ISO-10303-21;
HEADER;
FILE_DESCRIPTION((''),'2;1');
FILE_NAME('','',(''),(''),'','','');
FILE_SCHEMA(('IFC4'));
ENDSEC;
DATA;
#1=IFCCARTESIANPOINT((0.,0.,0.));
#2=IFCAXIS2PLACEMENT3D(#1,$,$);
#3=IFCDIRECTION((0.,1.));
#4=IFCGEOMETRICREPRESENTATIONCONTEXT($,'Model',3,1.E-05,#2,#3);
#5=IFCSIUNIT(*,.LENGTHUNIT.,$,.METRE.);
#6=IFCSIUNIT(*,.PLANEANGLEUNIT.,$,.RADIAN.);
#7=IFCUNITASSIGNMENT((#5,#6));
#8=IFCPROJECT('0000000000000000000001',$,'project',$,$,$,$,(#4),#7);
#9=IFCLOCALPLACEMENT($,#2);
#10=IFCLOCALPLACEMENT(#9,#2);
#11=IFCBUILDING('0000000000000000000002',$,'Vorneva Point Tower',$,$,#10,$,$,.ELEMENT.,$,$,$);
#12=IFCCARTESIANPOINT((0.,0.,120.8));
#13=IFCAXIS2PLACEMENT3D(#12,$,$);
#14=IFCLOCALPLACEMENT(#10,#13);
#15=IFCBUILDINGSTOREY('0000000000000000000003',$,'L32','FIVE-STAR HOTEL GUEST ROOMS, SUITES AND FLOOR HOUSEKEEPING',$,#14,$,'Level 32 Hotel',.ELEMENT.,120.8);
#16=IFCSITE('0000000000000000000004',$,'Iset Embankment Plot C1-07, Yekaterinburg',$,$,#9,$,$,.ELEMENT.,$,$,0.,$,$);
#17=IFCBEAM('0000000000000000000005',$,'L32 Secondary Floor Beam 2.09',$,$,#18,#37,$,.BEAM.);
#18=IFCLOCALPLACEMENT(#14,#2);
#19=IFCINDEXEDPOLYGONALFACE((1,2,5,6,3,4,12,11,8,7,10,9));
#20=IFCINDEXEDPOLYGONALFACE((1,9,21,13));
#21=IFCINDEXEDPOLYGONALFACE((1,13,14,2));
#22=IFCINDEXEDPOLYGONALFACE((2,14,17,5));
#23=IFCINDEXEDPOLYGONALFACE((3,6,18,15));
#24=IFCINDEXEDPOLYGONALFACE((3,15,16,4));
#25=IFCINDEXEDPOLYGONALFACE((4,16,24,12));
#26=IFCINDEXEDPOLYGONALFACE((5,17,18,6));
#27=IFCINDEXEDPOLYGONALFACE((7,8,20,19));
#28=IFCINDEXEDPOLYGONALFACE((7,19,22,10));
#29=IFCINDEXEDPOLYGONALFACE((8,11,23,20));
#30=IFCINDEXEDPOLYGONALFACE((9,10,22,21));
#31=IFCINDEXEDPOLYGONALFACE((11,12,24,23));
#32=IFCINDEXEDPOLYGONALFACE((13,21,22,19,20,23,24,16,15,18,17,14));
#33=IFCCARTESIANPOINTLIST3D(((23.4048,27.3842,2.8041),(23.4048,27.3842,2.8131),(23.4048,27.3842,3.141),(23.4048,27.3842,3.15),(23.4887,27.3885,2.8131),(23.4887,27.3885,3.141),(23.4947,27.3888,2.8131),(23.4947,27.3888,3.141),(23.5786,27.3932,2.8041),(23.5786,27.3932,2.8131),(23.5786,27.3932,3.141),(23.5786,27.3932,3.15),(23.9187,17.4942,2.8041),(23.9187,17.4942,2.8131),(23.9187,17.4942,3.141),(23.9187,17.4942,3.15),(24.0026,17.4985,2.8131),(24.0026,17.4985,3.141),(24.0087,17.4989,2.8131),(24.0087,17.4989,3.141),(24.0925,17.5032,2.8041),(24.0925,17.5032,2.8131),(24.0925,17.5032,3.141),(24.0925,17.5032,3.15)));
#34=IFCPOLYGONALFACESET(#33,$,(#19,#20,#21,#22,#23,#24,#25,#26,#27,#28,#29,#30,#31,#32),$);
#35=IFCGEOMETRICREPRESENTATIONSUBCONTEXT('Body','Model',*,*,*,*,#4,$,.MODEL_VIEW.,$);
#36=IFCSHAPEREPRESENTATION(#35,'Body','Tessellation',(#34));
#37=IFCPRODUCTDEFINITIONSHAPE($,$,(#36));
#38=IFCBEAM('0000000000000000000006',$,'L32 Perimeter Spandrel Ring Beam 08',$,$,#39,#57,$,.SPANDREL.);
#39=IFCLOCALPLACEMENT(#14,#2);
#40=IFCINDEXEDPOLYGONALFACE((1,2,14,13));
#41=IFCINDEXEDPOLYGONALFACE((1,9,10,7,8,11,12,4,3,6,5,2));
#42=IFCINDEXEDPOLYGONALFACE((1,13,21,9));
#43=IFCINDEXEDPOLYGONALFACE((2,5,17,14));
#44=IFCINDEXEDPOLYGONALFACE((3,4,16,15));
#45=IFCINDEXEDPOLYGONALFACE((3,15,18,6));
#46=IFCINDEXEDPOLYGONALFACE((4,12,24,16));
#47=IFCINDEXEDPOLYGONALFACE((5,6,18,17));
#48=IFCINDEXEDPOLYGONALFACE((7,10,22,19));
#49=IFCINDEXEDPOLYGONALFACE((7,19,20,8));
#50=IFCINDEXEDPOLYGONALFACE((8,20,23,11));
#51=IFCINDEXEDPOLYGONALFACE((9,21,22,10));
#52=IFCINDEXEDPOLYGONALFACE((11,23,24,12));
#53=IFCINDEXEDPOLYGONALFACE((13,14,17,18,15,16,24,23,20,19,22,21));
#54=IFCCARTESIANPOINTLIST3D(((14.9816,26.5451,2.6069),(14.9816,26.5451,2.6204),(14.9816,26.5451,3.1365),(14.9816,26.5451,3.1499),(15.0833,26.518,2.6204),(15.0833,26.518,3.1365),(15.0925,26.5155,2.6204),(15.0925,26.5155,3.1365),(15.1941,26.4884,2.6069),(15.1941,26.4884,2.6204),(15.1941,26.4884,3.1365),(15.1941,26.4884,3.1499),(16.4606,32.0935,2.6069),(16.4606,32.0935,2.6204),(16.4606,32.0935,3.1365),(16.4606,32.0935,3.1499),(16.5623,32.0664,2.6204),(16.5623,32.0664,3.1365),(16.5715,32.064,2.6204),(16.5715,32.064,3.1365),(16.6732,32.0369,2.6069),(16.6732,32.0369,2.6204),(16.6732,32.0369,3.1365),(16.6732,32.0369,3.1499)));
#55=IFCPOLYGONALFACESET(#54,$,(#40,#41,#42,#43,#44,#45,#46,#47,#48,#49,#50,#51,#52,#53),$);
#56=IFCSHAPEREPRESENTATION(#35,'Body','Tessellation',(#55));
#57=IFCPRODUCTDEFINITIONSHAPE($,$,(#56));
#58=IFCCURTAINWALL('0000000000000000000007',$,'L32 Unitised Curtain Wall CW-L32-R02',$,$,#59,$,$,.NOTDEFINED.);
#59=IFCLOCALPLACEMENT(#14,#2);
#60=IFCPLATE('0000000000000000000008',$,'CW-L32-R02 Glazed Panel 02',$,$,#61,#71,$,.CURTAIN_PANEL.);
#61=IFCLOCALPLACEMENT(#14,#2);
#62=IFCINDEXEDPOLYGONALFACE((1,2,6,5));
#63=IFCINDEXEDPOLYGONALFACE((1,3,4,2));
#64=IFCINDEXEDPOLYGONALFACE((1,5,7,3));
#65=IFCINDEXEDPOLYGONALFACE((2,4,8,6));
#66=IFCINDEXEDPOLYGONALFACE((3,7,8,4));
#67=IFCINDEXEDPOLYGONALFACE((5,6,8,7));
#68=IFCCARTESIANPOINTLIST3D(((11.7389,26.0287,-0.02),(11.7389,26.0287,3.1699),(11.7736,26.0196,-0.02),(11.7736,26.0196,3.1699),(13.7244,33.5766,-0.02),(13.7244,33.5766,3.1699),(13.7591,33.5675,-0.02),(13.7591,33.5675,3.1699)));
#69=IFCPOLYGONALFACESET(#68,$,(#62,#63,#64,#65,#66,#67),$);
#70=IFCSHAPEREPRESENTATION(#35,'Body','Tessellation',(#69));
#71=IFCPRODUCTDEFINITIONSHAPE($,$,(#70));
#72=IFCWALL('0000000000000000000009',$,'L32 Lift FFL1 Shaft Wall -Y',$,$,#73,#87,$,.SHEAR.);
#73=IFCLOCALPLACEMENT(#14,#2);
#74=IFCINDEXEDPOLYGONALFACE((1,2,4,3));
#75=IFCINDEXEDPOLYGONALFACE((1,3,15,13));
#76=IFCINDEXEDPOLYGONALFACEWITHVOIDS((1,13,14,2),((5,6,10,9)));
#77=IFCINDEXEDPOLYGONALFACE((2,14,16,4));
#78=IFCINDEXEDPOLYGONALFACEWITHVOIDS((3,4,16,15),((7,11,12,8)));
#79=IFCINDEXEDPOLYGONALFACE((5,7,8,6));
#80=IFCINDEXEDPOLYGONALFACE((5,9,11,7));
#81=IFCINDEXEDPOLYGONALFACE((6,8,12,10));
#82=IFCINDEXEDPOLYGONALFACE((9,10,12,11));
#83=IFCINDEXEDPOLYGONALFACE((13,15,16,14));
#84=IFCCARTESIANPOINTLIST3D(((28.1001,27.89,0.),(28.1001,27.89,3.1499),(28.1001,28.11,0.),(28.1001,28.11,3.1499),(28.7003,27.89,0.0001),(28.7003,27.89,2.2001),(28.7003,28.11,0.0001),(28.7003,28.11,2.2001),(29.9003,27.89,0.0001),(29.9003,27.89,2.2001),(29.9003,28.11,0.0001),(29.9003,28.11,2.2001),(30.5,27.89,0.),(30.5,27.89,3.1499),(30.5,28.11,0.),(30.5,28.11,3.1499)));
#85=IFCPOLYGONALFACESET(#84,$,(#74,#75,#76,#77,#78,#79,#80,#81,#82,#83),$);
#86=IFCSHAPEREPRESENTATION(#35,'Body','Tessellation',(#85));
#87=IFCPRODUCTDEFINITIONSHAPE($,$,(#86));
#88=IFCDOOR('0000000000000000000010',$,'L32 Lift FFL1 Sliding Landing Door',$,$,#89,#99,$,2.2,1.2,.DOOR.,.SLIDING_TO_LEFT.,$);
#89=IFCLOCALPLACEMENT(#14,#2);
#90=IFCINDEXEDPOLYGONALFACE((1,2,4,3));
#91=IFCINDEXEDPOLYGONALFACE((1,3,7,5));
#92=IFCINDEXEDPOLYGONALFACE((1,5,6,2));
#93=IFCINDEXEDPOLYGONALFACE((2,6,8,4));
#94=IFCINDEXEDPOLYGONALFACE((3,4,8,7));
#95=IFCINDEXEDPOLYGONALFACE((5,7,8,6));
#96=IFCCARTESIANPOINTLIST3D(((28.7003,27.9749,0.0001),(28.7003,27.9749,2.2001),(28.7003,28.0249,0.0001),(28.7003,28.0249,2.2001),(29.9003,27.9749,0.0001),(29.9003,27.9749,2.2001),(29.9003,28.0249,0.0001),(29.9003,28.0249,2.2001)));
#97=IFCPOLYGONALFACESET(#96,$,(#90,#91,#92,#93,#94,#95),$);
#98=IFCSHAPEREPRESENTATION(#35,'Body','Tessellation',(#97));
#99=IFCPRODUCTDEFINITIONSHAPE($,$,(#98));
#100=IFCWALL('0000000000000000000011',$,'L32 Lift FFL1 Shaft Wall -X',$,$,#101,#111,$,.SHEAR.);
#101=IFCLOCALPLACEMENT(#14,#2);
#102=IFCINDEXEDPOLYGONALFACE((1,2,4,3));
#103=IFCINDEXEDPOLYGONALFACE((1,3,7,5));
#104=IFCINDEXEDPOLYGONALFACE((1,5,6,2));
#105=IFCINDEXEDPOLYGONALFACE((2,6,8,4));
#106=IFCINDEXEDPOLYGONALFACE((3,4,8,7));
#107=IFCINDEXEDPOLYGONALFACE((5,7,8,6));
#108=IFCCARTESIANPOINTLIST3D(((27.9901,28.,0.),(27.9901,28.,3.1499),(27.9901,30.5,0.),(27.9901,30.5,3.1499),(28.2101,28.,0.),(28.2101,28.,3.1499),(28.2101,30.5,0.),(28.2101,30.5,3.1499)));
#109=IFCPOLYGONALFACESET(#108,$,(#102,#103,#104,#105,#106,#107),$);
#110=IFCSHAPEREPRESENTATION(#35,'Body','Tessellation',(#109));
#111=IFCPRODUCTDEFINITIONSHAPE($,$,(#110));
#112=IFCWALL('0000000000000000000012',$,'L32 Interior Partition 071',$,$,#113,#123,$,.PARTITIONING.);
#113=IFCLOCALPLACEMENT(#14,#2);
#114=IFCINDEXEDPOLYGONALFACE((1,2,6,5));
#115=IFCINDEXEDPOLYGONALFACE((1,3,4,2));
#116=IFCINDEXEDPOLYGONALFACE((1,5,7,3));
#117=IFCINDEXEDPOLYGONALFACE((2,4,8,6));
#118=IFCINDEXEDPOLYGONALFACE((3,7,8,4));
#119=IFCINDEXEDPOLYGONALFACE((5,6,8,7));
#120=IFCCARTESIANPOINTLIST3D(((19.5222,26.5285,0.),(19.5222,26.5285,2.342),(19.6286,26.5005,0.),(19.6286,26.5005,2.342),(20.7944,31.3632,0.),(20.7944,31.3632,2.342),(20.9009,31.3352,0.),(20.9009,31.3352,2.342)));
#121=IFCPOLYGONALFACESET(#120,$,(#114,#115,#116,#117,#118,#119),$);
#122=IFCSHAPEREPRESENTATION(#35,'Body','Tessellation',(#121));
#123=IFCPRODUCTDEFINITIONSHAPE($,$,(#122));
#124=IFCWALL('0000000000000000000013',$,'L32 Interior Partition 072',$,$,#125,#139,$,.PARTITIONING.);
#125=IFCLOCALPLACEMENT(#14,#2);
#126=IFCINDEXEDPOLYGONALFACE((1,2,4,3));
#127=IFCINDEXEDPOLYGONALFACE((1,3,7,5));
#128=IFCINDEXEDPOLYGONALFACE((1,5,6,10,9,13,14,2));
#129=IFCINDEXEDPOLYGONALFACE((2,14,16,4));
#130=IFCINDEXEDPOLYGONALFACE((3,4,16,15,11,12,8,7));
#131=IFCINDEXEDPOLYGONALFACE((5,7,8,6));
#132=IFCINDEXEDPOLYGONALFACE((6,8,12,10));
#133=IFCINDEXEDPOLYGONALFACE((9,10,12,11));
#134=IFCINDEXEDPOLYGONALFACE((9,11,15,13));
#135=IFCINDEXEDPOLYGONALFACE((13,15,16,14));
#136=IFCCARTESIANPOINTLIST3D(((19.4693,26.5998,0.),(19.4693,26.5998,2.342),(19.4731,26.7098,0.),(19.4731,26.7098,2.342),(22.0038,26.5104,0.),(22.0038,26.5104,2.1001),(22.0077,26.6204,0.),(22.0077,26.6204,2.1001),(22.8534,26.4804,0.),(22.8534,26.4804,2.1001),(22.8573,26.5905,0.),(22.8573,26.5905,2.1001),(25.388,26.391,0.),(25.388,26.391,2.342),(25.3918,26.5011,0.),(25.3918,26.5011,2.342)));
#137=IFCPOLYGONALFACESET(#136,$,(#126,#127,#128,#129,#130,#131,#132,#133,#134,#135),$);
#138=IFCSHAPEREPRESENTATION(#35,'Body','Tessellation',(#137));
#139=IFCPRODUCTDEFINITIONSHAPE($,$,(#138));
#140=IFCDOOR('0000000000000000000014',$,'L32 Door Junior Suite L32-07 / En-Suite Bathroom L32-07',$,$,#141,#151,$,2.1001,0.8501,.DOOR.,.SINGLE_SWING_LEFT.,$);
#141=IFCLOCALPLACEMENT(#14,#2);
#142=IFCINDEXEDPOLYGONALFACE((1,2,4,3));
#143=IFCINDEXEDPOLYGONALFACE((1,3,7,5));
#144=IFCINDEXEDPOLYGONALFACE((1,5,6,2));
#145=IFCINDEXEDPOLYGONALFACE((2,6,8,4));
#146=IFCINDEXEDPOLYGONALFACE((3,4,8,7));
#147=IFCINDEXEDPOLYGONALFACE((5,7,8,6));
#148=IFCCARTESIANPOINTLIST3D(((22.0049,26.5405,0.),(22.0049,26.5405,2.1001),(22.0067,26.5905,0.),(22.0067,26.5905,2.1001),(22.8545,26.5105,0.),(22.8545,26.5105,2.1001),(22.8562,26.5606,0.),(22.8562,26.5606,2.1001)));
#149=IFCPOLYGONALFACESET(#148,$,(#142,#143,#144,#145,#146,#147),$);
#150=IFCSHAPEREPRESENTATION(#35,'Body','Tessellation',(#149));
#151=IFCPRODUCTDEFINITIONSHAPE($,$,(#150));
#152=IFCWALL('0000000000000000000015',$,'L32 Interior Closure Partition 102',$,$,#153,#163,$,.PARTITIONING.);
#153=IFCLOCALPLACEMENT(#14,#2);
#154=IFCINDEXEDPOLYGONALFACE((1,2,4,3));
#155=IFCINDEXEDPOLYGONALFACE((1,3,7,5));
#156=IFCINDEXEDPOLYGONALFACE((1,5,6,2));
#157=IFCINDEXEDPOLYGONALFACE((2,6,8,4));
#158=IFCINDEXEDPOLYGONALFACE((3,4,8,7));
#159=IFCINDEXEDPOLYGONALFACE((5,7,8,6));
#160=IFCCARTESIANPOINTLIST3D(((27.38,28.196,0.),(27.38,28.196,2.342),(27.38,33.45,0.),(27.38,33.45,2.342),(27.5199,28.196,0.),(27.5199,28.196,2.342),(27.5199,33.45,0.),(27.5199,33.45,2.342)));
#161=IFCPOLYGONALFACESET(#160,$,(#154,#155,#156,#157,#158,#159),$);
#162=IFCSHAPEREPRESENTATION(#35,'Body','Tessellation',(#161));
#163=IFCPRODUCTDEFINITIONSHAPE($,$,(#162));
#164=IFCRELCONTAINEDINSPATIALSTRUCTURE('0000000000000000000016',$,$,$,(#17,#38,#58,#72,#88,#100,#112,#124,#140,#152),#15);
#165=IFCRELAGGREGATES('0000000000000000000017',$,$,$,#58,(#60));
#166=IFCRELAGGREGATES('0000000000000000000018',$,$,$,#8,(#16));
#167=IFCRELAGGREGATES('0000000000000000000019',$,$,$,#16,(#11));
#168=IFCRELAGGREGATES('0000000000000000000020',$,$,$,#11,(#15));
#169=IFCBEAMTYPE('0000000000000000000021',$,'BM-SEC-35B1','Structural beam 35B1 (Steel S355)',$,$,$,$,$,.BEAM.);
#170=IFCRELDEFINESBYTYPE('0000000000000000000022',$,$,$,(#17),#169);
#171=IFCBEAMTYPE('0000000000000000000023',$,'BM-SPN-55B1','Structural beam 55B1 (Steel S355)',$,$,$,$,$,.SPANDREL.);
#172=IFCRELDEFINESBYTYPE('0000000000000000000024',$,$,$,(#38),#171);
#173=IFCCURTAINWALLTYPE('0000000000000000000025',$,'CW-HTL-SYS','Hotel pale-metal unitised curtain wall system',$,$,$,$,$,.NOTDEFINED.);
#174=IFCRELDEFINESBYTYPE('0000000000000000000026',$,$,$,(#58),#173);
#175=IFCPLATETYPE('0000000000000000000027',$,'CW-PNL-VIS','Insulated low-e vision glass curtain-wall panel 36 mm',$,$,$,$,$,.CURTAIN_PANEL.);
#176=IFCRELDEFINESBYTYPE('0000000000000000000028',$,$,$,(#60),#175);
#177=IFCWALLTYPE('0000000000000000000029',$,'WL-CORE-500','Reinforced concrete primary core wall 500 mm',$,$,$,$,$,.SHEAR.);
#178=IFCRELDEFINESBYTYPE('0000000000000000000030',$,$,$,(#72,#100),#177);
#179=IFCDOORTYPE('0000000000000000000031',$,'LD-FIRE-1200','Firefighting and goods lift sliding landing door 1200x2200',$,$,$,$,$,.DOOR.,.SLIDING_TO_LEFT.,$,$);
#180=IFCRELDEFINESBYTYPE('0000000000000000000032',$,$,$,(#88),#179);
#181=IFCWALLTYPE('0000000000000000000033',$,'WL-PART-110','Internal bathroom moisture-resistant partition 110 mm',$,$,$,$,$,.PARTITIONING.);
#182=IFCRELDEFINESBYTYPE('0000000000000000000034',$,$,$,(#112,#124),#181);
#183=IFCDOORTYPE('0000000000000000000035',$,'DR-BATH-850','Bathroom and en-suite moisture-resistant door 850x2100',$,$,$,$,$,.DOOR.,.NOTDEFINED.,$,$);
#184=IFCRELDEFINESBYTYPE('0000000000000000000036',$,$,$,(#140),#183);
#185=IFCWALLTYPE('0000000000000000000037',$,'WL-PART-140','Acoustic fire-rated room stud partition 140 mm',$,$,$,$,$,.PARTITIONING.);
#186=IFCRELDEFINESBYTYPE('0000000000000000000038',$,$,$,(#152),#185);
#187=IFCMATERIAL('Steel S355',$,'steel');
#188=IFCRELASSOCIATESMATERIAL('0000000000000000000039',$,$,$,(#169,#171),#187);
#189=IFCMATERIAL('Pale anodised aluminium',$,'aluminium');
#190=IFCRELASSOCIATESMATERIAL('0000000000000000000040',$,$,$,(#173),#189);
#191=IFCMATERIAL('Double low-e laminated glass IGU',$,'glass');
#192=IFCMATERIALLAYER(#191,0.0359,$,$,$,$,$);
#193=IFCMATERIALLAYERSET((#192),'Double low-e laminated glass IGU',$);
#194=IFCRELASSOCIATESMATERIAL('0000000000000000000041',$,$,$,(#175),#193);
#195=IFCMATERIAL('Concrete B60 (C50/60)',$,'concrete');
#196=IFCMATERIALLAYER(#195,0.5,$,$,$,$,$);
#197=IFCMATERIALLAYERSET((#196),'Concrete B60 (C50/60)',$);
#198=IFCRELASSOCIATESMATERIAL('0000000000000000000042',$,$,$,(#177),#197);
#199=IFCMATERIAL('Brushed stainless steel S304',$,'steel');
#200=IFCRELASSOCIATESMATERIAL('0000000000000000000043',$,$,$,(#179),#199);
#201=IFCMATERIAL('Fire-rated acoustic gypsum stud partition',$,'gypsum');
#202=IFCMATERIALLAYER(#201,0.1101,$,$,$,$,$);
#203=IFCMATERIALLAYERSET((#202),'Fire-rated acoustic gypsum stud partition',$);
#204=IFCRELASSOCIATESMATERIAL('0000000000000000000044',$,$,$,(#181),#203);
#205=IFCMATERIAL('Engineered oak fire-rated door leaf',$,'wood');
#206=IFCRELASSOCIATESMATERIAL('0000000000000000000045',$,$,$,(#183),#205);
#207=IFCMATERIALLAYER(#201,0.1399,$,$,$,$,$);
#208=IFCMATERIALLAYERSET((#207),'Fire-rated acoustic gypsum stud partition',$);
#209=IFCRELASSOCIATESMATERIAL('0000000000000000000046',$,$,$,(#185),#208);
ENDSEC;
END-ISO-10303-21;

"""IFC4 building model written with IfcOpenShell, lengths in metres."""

from ifc_helpers import new_model, si_unit, direction, frame, frame_2d, origin, origin_2d, place, context, subcontext, project, spatial, rectangle, i_section, extrude, material, layer, layer_set, material_profile, profile_set, type_object, element, fill, aggregate, save


model = new_model("IFC4")

# Units and contexts
model_context = context("Model", 3, precision=1e-05, world=origin(), true_north=direction((0.0, 1.0)))
body_context = subcontext(model_context, "Body", "Model", "MODEL_VIEW")
ifc_project = project(units=[si_unit("LENGTHUNIT", "METRE"), si_unit("PLANEANGLEUNIT", "RADIAN")], contexts=[model_context])

# Site, building, storey
site_placement = place(None, origin())
site = spatial("IfcSite", under=ifc_project, at=site_placement, Name="Iset Embankment Plot C1-07, Yekaterinburg", CompositionType="ELEMENT", RefElevation=0.0)
building_placement = place(site_placement, origin())
building = spatial("IfcBuilding", under=site, at=building_placement, Name="Vorneva Point Tower", CompositionType="ELEMENT")
storey_placement = place(building_placement, frame((0.0, 0.0, 120.8)))
storey = spatial("IfcBuildingStorey", under=building, at=storey_placement, Name="L32", Description="FIVE-STAR HOTEL GUEST ROOMS, SUITES AND FLOOR HOUSEKEEPING", LongName="Level 32 Hotel", CompositionType="ELEMENT", Elevation=120.8)

# Shared definitions
ifc_material_1 = material(Name="Concrete B60 (C50/60)", Category="concrete")

# Beams
ifc_material_2 = material(Name="Steel S355", Category="steel")
ifc_material_profile_1 = material_profile(ifc_material_2, i_section(OverallWidth=0.1741, OverallDepth=0.3459, WebThickness=0.0061, FlangeThickness=0.009, at=origin_2d()), Name="35B1")
ifc_profile_set_1 = profile_set([ifc_material_profile_1], Name="Steel S355")
beam_type_1 = type_object("IfcBeamType", Name="BM-SEC-35B1", Description="Structural beam 35B1 (Steel S355)", PredefinedType="BEAM", material=ifc_profile_set_1)
beam_1_placement = place(storey_placement, frame((23.4917, 27.3887, 2.9771), z_axis=(0.051894, -0.998653, 0.0), x_axis=(0.998653, 0.051894, 0.0)))
element("IfcBeam", 1, at=beam_1_placement, inside=storey, type_object=beam_type_1, Name="L32 Secondary Floor Beam 2.09", PredefinedType="BEAM", context=body_context, shape_type="SweptSolid", body=[
    extrude(i_section(OverallWidth=0.1741, OverallDepth=0.3459, WebThickness=0.0061, FlangeThickness=0.009, at=origin_2d()), origin(), (0.0, 0.0, 1.0), 9.9033),
])
ifc_material_profile_2 = material_profile(ifc_material_2, i_section(OverallWidth=0.22, OverallDepth=0.543, WebThickness=0.0095, FlangeThickness=0.0134, at=origin_2d()), Name="55B1")
ifc_profile_set_2 = profile_set([ifc_material_profile_2], Name="Steel S355")
beam_type_2 = type_object("IfcBeamType", Name="BM-SPN-55B1", Description="Structural beam 55B1 (Steel S355)", PredefinedType="SPANDREL", material=ifc_profile_set_2)
beam_2_placement = place(storey_placement, frame((16.5669, 32.0652, 2.8784), z_axis=(-0.257573, -0.966259, 0.0), x_axis=(0.966259, -0.257573, 0.0)))
element("IfcBeam", 2, at=beam_2_placement, inside=storey, type_object=beam_type_2, Name="L32 Perimeter Spandrel Ring Beam 08", PredefinedType="SPANDREL", context=body_context, shape_type="SweptSolid", body=[
    extrude(i_section(OverallWidth=0.22, OverallDepth=0.543, WebThickness=0.0095, FlangeThickness=0.0134, at=origin_2d()), origin(), (0.0, 0.0, 1.0), 5.7422),
])

# Curtain wall, plate
ifc_material_3 = material(Name="Pale anodised aluminium", Category="aluminium")
curtain_wall_type = type_object("IfcCurtainWallType", Name="CW-HTL-SYS", Description="Hotel pale-metal unitised curtain wall system", PredefinedType="NOTDEFINED", material=ifc_material_3)
curtain_wall_placement = place(storey_placement, origin())
curtain_wall = element("IfcCurtainWall", 3, at=curtain_wall_placement, inside=storey, type_object=curtain_wall_type, Name="L32 Unitised Curtain Wall CW-L32-R02", PredefinedType="NOTDEFINED")
ifc_material_4 = material(Name="Double low-e laminated glass IGU", Category="glass")
ifc_layer_1 = layer(ifc_material_4, 0.0359)
ifc_layer_set_1 = layer_set([ifc_layer_1], Name="Double low-e laminated glass IGU")
plate_type = type_object("IfcPlateType", Name="CW-PNL-VIS", Description="Insulated low-e vision glass curtain-wall panel 36 mm", PredefinedType="CURTAIN_PANEL", material=ifc_layer_set_1)
plate_placement = place(storey_placement, frame((12.749, 29.7981, -0.02), z_axis=(0.0, 0.0, 1.0), x_axis=(-0.254399, -0.967099, 0.0)))
plate = element("IfcPlate", 4, at=plate_placement, type_object=plate_type, Name="CW-L32-R02 Glazed Panel 02", PredefinedType="CURTAIN_PANEL", context=body_context, shape_type="SweptSolid", body=[
    extrude(rectangle(XDim=7.8047, YDim=0.0359, at=origin_2d()), origin(), (0.0, 0.0, 1.0), 3.1899),
])
aggregate(curtain_wall, [plate])

# Wall, opening, door
ifc_layer_2 = layer(ifc_material_1, 0.5)
ifc_layer_set_2 = layer_set([ifc_layer_2], Name="Concrete B60 (C50/60)")
wall_type_1 = type_object("IfcWallType", Name="WL-CORE-500", Description="Reinforced concrete primary core wall 500 mm", PredefinedType="SHEAR", material=ifc_layer_set_2)
wall_1_placement = place(storey_placement, frame((28.1001, 28.0, 0.0), z_axis=(0.0, 0.0, 1.0), x_axis=(1.0, 0.0, 0.0)))
wall_1 = element("IfcWall", 5, at=wall_1_placement, inside=storey, type_object=wall_type_1, Name="L32 Lift FFL1 Shaft Wall -Y", PredefinedType="SHEAR", context=body_context, shape_type="SweptSolid", body=[
    extrude(rectangle(XDim=2.3999, YDim=0.22, at=frame_2d((1.2, 0.0))), origin(), (0.0, 0.0, 1.0), 3.1499),
])
opening_1_placement = place(wall_1_placement, frame((0.6001, 0.0, 0.0)))
opening_1 = element("IfcOpeningElement", 6, at=opening_1_placement, cuts=wall_1, PredefinedType="OPENING", context=body_context, shape_type="SweptSolid", body=[
    extrude(rectangle(XDim=1.2, YDim=2.2, at=frame_2d((0.6001, 1.1001))), frame((0.0, 0.125, 0.0), z_axis=(0.0, -1.0, 0.0), x_axis=(1.0, 0.0, 0.0)), (0.0, 0.0, 1.0), 0.2498),
])
ifc_material_5 = material(Name="Brushed stainless steel S304", Category="steel")
door_type_1 = type_object("IfcDoorType", Name="LD-FIRE-1200", Description="Firefighting and goods lift sliding landing door 1200x2200", OperationType="SLIDING_TO_LEFT", PredefinedType="DOOR", material=ifc_material_5)
door_1_placement = place(opening_1_placement, origin())
door_1 = element("IfcDoor", 7, at=door_1_placement, inside=storey, type_object=door_type_1, Name="L32 Lift FFL1 Sliding Landing Door", OperationType="SLIDING_TO_LEFT", OverallHeight=2.2, OverallWidth=1.2, PredefinedType="DOOR", context=body_context, shape_type="SweptSolid", body=[
    extrude(rectangle(XDim=1.2, YDim=2.2, at=frame_2d((0.6001, 1.1001))), frame((0.0, 0.0249, 0.0), z_axis=(0.0, -1.0, 0.0), x_axis=(1.0, 0.0, 0.0)), (0.0, 0.0, 1.0), 0.05),
])
fill(opening_1, door_1)

# Walls
wall_2_placement = place(storey_placement, frame((28.1001, 30.5, 0.0), z_axis=(0.0, 0.0, 1.0), x_axis=(0.0, -1.0, 0.0)))
element("IfcWall", 8, at=wall_2_placement, inside=storey, type_object=wall_type_1, Name="L32 Lift FFL1 Shaft Wall -X", PredefinedType="SHEAR", context=body_context, shape_type="SweptSolid", body=[
    extrude(rectangle(XDim=2.5, YDim=0.22, at=frame_2d((1.25, 0.0))), origin(), (0.0, 0.0, 1.0), 3.1499),
])
ifc_material_6 = material(Name="Fire-rated acoustic gypsum stud partition", Category="gypsum")
ifc_layer_3 = layer(ifc_material_6, 0.1101)
ifc_layer_set_3 = layer_set([ifc_layer_3], Name="Fire-rated acoustic gypsum stud partition")
wall_type_2 = type_object("IfcWallType", Name="WL-PART-110", Description="Internal bathroom moisture-resistant partition 110 mm", PredefinedType="PARTITIONING", material=ifc_layer_set_3)
wall_3_placement = place(storey_placement, frame((19.5754, 26.5146, 0.0), z_axis=(0.0, 0.0, 1.0), x_axis=(0.254479, 0.967078, 0.0)))
element("IfcWall", 9, at=wall_3_placement, inside=storey, type_object=wall_type_2, Name="L32 Interior Partition 071", PredefinedType="PARTITIONING", context=body_context, shape_type="SweptSolid", body=[
    extrude(rectangle(XDim=4.9993, YDim=0.1101, at=frame_2d((2.4995, 0.0))), origin(), (0.0, 0.0, 1.0), 2.342),
])

# Wall, opening, door
wall_4_placement = place(storey_placement, frame((25.3899, 26.446, 0.0), z_axis=(0.0, 0.0, 1.0), x_axis=(-0.999379, 0.035246, 0.0)))
wall_4 = element("IfcWall", 10, at=wall_4_placement, inside=storey, type_object=wall_type_2, Name="L32 Interior Partition 072", PredefinedType="PARTITIONING", context=body_context, shape_type="SweptSolid", body=[
    extrude(rectangle(XDim=5.9224, YDim=0.1101, at=frame_2d((2.9612, 0.0))), origin(), (0.0, 0.0, 1.0), 2.342),
])
opening_2_placement = place(wall_4_placement, frame((2.5361, 0.0, 0.0)))
opening_2 = element("IfcOpeningElement", 11, at=opening_2_placement, cuts=wall_4, PredefinedType="OPENING", context=body_context, shape_type="SweptSolid", body=[
    extrude(rectangle(XDim=0.8501, YDim=2.1001, at=frame_2d((0.425, 1.05))), frame((0.0, 0.0698, 0.0), z_axis=(0.0, -1.0, 0.0), x_axis=(1.0, 0.0, 0.0)), (0.0, 0.0, 1.0), 0.1399),
])
ifc_material_7 = material(Name="Engineered oak fire-rated door leaf", Category="wood")
door_type_2 = type_object("IfcDoorType", Name="DR-BATH-850", Description="Bathroom and en-suite moisture-resistant door 850x2100", OperationType="NOTDEFINED", PredefinedType="DOOR", material=ifc_material_7)
door_2_placement = place(opening_2_placement, origin())
door_2 = element("IfcDoor", 12, at=door_2_placement, inside=storey, type_object=door_type_2, Name="L32 Door Junior Suite L32-07 / En-Suite Bathroom L32-07", OperationType="SINGLE_SWING_LEFT", OverallHeight=2.1001, OverallWidth=0.8501, PredefinedType="DOOR", context=body_context, shape_type="SweptSolid", body=[
    extrude(rectangle(XDim=0.8501, YDim=2.1001, at=frame_2d((0.425, 1.05))), frame((0.0, 0.0249, 0.0), z_axis=(0.0, -1.0, 0.0), x_axis=(1.0, 0.0, 0.0)), (0.0, 0.0, 1.0), 0.05),
])
fill(opening_2, door_2)

# Wall
ifc_layer_4 = layer(ifc_material_6, 0.1399)
ifc_layer_set_4 = layer_set([ifc_layer_4], Name="Fire-rated acoustic gypsum stud partition")
wall_type_3 = type_object("IfcWallType", Name="WL-PART-140", Description="Acoustic fire-rated room stud partition 140 mm", PredefinedType="PARTITIONING", material=ifc_layer_set_4)
wall_5_placement = place(storey_placement, frame((27.45, 28.196, 0.0), z_axis=(0.0, 0.0, 1.0), x_axis=(0.0, 1.0, 0.0)))
element("IfcWall", 13, at=wall_5_placement, inside=storey, type_object=wall_type_3, Name="L32 Interior Closure Partition 102", PredefinedType="PARTITIONING", context=body_context, shape_type="SweptSolid", body=[
    extrude(rectangle(XDim=5.2539, YDim=0.1399, at=frame_2d((2.627, 0.0))), origin(), (0.0, 0.0, 1.0), 2.342),
])

save(model, "model.ifc")
